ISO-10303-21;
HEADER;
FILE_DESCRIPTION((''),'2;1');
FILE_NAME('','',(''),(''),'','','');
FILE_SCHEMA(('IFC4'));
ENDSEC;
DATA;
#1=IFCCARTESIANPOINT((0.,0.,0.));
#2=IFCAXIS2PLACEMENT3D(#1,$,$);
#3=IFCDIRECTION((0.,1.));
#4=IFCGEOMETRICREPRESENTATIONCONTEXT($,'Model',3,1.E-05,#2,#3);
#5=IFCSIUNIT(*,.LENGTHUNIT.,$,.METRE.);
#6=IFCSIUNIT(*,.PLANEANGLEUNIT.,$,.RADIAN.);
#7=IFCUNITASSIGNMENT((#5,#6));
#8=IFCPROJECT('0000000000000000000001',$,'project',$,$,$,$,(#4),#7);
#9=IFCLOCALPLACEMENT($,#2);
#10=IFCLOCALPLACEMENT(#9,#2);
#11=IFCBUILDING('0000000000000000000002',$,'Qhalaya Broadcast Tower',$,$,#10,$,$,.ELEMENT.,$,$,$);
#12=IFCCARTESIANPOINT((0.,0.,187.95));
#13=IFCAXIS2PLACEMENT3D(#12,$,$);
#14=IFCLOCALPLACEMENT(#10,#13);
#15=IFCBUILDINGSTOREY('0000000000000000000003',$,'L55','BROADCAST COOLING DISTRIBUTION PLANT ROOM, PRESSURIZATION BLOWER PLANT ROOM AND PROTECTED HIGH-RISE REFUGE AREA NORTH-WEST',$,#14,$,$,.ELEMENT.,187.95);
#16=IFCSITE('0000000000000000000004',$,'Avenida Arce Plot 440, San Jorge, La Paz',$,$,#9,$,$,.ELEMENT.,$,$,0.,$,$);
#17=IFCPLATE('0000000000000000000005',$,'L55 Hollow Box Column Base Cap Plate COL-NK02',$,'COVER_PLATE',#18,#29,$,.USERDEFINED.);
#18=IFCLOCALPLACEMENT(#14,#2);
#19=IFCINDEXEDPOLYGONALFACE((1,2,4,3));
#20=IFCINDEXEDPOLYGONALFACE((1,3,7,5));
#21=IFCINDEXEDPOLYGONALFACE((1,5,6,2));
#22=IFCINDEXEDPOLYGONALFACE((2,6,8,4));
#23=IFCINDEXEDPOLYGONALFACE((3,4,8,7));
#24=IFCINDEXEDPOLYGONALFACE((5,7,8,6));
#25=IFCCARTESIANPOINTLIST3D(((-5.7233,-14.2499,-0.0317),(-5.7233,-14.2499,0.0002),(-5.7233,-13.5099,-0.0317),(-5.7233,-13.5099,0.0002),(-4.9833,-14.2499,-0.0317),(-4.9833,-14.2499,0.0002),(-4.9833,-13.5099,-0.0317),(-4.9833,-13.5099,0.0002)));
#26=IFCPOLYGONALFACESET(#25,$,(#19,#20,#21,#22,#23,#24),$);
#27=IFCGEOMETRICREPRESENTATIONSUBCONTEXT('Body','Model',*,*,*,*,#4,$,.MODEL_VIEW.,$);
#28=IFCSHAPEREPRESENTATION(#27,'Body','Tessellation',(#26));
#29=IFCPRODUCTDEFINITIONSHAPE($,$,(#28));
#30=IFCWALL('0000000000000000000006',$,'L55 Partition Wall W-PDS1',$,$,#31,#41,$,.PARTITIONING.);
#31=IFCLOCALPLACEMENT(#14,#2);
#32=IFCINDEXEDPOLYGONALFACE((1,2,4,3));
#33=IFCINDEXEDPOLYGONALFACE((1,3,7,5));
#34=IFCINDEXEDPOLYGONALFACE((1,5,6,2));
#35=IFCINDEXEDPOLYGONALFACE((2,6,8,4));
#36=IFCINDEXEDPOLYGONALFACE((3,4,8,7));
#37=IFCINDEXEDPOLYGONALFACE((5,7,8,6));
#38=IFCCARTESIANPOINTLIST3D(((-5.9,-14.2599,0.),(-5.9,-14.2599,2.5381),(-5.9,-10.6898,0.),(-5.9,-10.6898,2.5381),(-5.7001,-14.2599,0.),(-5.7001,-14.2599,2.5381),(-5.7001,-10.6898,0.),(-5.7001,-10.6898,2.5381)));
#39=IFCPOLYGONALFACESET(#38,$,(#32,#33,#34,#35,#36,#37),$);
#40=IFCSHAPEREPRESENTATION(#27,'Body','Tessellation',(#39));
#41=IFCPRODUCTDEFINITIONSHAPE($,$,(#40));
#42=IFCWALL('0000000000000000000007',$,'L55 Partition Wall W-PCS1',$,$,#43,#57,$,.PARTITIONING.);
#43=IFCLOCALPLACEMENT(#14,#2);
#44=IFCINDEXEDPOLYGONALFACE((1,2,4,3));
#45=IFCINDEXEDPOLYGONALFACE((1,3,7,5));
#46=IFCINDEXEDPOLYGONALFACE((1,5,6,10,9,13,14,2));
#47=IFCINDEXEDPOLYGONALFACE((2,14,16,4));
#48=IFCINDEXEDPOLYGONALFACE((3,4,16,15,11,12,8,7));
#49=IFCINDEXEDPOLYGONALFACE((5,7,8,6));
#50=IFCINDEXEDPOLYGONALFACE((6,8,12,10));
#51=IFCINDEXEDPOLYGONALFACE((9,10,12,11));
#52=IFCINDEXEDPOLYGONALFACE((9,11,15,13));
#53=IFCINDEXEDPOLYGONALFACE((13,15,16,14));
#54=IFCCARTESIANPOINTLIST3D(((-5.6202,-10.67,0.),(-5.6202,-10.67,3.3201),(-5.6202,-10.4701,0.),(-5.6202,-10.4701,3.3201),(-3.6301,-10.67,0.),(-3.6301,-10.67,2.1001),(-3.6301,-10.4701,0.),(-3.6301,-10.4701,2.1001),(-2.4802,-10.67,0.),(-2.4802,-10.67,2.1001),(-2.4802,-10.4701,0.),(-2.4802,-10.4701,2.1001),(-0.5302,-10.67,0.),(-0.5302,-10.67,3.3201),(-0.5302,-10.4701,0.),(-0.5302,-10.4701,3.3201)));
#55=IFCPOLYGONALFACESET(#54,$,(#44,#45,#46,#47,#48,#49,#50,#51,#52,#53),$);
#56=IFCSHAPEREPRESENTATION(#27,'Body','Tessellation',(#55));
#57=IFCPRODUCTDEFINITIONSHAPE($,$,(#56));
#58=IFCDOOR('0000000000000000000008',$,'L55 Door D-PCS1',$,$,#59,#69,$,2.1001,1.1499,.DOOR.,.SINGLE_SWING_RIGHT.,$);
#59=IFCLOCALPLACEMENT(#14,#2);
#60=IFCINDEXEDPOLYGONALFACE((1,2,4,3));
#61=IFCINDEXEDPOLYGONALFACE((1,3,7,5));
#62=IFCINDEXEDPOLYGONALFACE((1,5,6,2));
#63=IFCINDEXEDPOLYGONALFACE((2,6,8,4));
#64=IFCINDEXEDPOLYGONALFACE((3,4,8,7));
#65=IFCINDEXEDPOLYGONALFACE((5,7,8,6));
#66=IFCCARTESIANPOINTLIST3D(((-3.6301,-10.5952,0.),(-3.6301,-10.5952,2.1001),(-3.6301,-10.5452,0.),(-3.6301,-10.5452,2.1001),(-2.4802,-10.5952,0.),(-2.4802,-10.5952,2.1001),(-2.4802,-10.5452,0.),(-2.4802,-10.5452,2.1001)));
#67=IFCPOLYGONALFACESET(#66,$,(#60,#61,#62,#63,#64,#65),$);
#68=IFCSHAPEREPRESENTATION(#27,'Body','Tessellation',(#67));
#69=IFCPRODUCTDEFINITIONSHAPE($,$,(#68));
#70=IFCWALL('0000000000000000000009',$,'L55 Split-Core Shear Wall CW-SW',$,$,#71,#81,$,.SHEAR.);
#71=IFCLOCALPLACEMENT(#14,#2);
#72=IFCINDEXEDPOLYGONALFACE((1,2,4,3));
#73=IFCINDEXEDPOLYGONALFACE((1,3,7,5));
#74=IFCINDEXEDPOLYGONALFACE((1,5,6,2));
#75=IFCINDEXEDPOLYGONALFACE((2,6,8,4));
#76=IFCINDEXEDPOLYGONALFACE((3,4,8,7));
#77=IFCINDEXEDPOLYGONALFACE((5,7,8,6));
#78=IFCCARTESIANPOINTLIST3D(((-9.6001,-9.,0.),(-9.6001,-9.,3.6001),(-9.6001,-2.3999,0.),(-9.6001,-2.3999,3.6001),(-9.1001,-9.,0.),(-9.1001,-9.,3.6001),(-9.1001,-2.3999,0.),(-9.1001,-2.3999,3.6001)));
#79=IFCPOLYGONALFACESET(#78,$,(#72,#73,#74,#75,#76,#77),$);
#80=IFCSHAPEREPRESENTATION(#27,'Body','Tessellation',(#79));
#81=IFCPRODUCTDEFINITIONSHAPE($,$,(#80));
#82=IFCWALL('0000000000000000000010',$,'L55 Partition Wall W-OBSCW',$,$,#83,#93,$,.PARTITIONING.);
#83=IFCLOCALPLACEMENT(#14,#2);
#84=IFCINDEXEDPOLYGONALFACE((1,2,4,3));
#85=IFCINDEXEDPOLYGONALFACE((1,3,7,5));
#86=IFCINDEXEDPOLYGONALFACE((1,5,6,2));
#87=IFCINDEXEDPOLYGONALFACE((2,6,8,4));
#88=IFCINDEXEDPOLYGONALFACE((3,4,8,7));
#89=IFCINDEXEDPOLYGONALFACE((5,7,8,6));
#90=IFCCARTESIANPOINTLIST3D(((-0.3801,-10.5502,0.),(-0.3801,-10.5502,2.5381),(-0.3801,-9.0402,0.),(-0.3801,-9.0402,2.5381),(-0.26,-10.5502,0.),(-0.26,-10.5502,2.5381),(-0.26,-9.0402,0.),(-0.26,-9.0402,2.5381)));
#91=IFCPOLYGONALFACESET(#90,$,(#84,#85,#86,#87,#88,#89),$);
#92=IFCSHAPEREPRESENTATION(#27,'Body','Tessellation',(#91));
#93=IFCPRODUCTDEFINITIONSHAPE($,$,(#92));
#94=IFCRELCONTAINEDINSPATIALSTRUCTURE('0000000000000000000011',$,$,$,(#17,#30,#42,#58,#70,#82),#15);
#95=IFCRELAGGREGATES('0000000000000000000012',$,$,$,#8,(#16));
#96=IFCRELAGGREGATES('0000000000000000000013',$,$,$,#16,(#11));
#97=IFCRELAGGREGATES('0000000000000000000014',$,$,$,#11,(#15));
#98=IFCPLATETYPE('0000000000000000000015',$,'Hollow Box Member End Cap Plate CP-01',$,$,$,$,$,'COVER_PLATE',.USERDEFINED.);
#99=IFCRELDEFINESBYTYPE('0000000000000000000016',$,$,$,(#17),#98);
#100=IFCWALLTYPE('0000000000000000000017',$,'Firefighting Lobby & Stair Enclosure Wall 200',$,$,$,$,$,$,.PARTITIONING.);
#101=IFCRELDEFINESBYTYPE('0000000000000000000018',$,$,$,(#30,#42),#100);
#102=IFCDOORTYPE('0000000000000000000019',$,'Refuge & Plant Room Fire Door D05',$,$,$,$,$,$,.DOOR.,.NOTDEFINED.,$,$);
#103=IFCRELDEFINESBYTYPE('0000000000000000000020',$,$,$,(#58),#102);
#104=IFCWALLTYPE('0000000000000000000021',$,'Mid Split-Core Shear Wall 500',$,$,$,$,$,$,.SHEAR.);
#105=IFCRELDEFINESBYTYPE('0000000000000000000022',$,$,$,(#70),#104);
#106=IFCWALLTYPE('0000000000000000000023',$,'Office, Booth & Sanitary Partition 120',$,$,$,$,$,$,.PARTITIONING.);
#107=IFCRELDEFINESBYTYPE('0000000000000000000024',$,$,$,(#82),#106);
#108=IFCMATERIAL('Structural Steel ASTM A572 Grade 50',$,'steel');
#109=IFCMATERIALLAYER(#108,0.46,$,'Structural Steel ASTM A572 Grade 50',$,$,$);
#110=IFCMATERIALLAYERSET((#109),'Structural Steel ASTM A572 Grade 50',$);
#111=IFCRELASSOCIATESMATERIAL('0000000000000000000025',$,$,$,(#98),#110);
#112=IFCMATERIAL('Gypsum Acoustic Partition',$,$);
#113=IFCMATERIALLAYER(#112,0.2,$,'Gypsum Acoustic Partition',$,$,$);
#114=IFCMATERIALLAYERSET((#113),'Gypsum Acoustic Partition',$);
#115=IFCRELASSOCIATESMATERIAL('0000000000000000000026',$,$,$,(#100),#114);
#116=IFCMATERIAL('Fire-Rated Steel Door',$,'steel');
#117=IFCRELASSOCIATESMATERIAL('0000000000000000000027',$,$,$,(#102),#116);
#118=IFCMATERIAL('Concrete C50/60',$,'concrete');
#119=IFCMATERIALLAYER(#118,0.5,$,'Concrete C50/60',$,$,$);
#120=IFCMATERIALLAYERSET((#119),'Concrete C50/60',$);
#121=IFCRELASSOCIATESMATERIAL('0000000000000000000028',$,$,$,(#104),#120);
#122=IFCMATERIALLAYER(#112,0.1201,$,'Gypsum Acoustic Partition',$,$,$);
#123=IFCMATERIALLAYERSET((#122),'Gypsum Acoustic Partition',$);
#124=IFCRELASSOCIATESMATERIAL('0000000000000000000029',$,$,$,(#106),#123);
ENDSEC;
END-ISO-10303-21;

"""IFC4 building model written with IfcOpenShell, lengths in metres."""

from ifc_helpers import new_model, si_unit, direction, frame, frame_2d, origin, origin_2d, place, context, subcontext, project, spatial, rectangle, extrude, material, layer, layer_set, type_object, element, fill, save


model = new_model("IFC4")

# Units and contexts
model_context = context("Model", 3, precision=1e-05, world=origin(), true_north=direction((0.0, 1.0)))
body_context = subcontext(model_context, "Body", "Model", "MODEL_VIEW")
ifc_project = project(units=[si_unit("LENGTHUNIT", "METRE"), si_unit("PLANEANGLEUNIT", "RADIAN")], contexts=[model_context])

# Site, building, storey
site_placement = place(None, origin())
site = spatial("IfcSite", under=ifc_project, at=site_placement, Name="Avenida Arce Plot 440, San Jorge, La Paz", CompositionType="ELEMENT", RefElevation=0.0)
building_placement = place(site_placement, origin())
building = spatial("IfcBuilding", under=site, at=building_placement, Name="Qhalaya Broadcast Tower", CompositionType="ELEMENT")
storey_placement = place(building_placement, frame((0.0, 0.0, 187.95)))
storey = spatial("IfcBuildingStorey", under=building, at=storey_placement, Name="L55", Description="BROADCAST COOLING DISTRIBUTION PLANT ROOM, PRESSURIZATION BLOWER PLANT ROOM AND PROTECTED HIGH-RISE REFUGE AREA NORTH-WEST", CompositionType="ELEMENT", Elevation=187.95)

# Shared definitions
ifc_material_1 = material(Name="Concrete C50/60", Category="concrete")
ifc_material_2 = material(Name="Structural Steel ASTM A572 Grade 50", Category="steel")

# Plate
ifc_layer_1 = layer(ifc_material_2, 0.46, Name="Structural Steel ASTM A572 Grade 50")
ifc_layer_set_1 = layer_set([ifc_layer_1], Name="Structural Steel ASTM A572 Grade 50")
plate_type = type_object("IfcPlateType", Name="Hollow Box Member End Cap Plate CP-01", ElementType="COVER_PLATE", PredefinedType="USERDEFINED", material=ifc_layer_set_1)
plate_placement = place(storey_placement, frame((-5.3533, -13.8799, -0.0317), z_axis=(0.0, 0.0, 1.0), x_axis=(1.0, 0.0, 0.0)))
element("IfcPlate", 1, at=plate_placement, inside=storey, type_object=plate_type, Name="L55 Hollow Box Column Base Cap Plate COL-NK02", ObjectType="COVER_PLATE", PredefinedType="USERDEFINED", context=body_context, shape_type="SweptSolid", body=[
    extrude(rectangle(XDim=0.74, YDim=0.74, at=origin_2d()), origin(), (0.0, 0.0, 1.0), 0.032),
])

# Wall
ifc_material_3 = material(Name="Gypsum Acoustic Partition")
ifc_layer_2 = layer(ifc_material_3, 0.2, Name="Gypsum Acoustic Partition")
ifc_layer_set_2 = layer_set([ifc_layer_2], Name="Gypsum Acoustic Partition")
wall_type_1 = type_object("IfcWallType", Name="Firefighting Lobby & Stair Enclosure Wall 200", PredefinedType="PARTITIONING", material=ifc_layer_set_2)
wall_1_placement = place(storey_placement, frame((-5.8, -14.26, 0.0), z_axis=(0.0, 0.0, 1.0), x_axis=(0.0, 1.0, 0.0)))
element("IfcWall", 2, at=wall_1_placement, inside=storey, type_object=wall_type_1, Name="L55 Partition Wall W-PDS1", PredefinedType="PARTITIONING", context=body_context, shape_type="SweptSolid", body=[
    extrude(rectangle(XDim=3.5701, YDim=0.2, at=frame_2d((1.7852, 0.0))), origin(), (0.0, 0.0, 1.0), 2.5381),
])

# Wall, opening, door
wall_2_placement = place(storey_placement, frame((-5.6201, -10.5701, 0.0), z_axis=(0.0, 0.0, 1.0), x_axis=(1.0, 0.0, 0.0)))
wall_2 = element("IfcWall", 3, at=wall_2_placement, inside=storey, type_object=wall_type_1, Name="L55 Partition Wall W-PCS1", PredefinedType="PARTITIONING", context=body_context, shape_type="SweptSolid", body=[
    extrude(rectangle(XDim=5.0901, YDim=0.2, at=frame_2d((2.5449, 0.0))), origin(), (0.0, 0.0, 1.0), 3.3201),
])
opening_placement = place(wall_2_placement, frame((1.99, 0.0, 0.0)))
opening = element("IfcOpeningElement", 4, at=opening_placement, cuts=wall_2, PredefinedType="OPENING", context=body_context, shape_type="SweptSolid", body=[
    extrude(rectangle(XDim=1.1499, YDim=2.1001, at=frame_2d((0.575, 1.05))), frame((0.0, 0.1121, 0.0), z_axis=(0.0, -1.0, 0.0), x_axis=(1.0, 0.0, 0.0)), (0.0, 0.0, 1.0), 0.2239),
])
ifc_material_4 = material(Name="Fire-Rated Steel Door", Category="steel")
door_type = type_object("IfcDoorType", Name="Refuge & Plant Room Fire Door D05", OperationType="NOTDEFINED", PredefinedType="DOOR", material=ifc_material_4)
door_placement = place(opening_placement, origin())
door = element("IfcDoor", 5, at=door_placement, inside=storey, type_object=door_type, Name="L55 Door D-PCS1", OperationType="SINGLE_SWING_RIGHT", OverallHeight=2.1001, OverallWidth=1.1499, PredefinedType="DOOR", context=body_context, shape_type="SweptSolid", body=[
    extrude(rectangle(XDim=1.1499, YDim=2.1001, at=frame_2d((0.575, 1.05))), frame((0.0, 0.0249, 0.0), z_axis=(0.0, -1.0, 0.0), x_axis=(1.0, 0.0, 0.0)), (0.0, 0.0, 1.0), 0.05),
])
fill(opening, door)

# Walls
ifc_layer_3 = layer(ifc_material_1, 0.5, Name="Concrete C50/60")
ifc_layer_set_3 = layer_set([ifc_layer_3], Name="Concrete C50/60")
wall_type_2 = type_object("IfcWallType", Name="Mid Split-Core Shear Wall 500", PredefinedType="SHEAR", material=ifc_layer_set_3)
wall_3_placement = place(storey_placement, frame((-9.3501, -9.0, 0.0), z_axis=(0.0, 0.0, 1.0), x_axis=(0.0, 1.0, 0.0)))
element("IfcWall", 6, at=wall_3_placement, inside=storey, type_object=wall_type_2, Name="L55 Split-Core Shear Wall CW-SW", PredefinedType="SHEAR", context=body_context, shape_type="SweptSolid", body=[
    extrude(rectangle(XDim=6.6001, YDim=0.5, at=frame_2d((3.3, 0.0))), origin(), (0.0, 0.0, 1.0), 3.6001),
])
ifc_layer_4 = layer(ifc_material_3, 0.1201, Name="Gypsum Acoustic Partition")
ifc_layer_set_4 = layer_set([ifc_layer_4], Name="Gypsum Acoustic Partition")
wall_type_3 = type_object("IfcWallType", Name="Office, Booth & Sanitary Partition 120", PredefinedType="PARTITIONING", material=ifc_layer_set_4)
wall_4_placement = place(storey_placement, frame((-0.3201, -10.55, 0.0), z_axis=(0.0, 0.0, 1.0), x_axis=(0.0, 1.0, 0.0)))
element("IfcWall", 7, at=wall_4_placement, inside=storey, type_object=wall_type_3, Name="L55 Partition Wall W-OBSCW", PredefinedType="PARTITIONING", context=body_context, shape_type="SweptSolid", body=[
    extrude(rectangle(XDim=1.51, YDim=0.1201, at=frame_2d((0.7549, 0.0))), origin(), (0.0, 0.0, 1.0), 2.5381),
])

save(model, "model.ifc")
